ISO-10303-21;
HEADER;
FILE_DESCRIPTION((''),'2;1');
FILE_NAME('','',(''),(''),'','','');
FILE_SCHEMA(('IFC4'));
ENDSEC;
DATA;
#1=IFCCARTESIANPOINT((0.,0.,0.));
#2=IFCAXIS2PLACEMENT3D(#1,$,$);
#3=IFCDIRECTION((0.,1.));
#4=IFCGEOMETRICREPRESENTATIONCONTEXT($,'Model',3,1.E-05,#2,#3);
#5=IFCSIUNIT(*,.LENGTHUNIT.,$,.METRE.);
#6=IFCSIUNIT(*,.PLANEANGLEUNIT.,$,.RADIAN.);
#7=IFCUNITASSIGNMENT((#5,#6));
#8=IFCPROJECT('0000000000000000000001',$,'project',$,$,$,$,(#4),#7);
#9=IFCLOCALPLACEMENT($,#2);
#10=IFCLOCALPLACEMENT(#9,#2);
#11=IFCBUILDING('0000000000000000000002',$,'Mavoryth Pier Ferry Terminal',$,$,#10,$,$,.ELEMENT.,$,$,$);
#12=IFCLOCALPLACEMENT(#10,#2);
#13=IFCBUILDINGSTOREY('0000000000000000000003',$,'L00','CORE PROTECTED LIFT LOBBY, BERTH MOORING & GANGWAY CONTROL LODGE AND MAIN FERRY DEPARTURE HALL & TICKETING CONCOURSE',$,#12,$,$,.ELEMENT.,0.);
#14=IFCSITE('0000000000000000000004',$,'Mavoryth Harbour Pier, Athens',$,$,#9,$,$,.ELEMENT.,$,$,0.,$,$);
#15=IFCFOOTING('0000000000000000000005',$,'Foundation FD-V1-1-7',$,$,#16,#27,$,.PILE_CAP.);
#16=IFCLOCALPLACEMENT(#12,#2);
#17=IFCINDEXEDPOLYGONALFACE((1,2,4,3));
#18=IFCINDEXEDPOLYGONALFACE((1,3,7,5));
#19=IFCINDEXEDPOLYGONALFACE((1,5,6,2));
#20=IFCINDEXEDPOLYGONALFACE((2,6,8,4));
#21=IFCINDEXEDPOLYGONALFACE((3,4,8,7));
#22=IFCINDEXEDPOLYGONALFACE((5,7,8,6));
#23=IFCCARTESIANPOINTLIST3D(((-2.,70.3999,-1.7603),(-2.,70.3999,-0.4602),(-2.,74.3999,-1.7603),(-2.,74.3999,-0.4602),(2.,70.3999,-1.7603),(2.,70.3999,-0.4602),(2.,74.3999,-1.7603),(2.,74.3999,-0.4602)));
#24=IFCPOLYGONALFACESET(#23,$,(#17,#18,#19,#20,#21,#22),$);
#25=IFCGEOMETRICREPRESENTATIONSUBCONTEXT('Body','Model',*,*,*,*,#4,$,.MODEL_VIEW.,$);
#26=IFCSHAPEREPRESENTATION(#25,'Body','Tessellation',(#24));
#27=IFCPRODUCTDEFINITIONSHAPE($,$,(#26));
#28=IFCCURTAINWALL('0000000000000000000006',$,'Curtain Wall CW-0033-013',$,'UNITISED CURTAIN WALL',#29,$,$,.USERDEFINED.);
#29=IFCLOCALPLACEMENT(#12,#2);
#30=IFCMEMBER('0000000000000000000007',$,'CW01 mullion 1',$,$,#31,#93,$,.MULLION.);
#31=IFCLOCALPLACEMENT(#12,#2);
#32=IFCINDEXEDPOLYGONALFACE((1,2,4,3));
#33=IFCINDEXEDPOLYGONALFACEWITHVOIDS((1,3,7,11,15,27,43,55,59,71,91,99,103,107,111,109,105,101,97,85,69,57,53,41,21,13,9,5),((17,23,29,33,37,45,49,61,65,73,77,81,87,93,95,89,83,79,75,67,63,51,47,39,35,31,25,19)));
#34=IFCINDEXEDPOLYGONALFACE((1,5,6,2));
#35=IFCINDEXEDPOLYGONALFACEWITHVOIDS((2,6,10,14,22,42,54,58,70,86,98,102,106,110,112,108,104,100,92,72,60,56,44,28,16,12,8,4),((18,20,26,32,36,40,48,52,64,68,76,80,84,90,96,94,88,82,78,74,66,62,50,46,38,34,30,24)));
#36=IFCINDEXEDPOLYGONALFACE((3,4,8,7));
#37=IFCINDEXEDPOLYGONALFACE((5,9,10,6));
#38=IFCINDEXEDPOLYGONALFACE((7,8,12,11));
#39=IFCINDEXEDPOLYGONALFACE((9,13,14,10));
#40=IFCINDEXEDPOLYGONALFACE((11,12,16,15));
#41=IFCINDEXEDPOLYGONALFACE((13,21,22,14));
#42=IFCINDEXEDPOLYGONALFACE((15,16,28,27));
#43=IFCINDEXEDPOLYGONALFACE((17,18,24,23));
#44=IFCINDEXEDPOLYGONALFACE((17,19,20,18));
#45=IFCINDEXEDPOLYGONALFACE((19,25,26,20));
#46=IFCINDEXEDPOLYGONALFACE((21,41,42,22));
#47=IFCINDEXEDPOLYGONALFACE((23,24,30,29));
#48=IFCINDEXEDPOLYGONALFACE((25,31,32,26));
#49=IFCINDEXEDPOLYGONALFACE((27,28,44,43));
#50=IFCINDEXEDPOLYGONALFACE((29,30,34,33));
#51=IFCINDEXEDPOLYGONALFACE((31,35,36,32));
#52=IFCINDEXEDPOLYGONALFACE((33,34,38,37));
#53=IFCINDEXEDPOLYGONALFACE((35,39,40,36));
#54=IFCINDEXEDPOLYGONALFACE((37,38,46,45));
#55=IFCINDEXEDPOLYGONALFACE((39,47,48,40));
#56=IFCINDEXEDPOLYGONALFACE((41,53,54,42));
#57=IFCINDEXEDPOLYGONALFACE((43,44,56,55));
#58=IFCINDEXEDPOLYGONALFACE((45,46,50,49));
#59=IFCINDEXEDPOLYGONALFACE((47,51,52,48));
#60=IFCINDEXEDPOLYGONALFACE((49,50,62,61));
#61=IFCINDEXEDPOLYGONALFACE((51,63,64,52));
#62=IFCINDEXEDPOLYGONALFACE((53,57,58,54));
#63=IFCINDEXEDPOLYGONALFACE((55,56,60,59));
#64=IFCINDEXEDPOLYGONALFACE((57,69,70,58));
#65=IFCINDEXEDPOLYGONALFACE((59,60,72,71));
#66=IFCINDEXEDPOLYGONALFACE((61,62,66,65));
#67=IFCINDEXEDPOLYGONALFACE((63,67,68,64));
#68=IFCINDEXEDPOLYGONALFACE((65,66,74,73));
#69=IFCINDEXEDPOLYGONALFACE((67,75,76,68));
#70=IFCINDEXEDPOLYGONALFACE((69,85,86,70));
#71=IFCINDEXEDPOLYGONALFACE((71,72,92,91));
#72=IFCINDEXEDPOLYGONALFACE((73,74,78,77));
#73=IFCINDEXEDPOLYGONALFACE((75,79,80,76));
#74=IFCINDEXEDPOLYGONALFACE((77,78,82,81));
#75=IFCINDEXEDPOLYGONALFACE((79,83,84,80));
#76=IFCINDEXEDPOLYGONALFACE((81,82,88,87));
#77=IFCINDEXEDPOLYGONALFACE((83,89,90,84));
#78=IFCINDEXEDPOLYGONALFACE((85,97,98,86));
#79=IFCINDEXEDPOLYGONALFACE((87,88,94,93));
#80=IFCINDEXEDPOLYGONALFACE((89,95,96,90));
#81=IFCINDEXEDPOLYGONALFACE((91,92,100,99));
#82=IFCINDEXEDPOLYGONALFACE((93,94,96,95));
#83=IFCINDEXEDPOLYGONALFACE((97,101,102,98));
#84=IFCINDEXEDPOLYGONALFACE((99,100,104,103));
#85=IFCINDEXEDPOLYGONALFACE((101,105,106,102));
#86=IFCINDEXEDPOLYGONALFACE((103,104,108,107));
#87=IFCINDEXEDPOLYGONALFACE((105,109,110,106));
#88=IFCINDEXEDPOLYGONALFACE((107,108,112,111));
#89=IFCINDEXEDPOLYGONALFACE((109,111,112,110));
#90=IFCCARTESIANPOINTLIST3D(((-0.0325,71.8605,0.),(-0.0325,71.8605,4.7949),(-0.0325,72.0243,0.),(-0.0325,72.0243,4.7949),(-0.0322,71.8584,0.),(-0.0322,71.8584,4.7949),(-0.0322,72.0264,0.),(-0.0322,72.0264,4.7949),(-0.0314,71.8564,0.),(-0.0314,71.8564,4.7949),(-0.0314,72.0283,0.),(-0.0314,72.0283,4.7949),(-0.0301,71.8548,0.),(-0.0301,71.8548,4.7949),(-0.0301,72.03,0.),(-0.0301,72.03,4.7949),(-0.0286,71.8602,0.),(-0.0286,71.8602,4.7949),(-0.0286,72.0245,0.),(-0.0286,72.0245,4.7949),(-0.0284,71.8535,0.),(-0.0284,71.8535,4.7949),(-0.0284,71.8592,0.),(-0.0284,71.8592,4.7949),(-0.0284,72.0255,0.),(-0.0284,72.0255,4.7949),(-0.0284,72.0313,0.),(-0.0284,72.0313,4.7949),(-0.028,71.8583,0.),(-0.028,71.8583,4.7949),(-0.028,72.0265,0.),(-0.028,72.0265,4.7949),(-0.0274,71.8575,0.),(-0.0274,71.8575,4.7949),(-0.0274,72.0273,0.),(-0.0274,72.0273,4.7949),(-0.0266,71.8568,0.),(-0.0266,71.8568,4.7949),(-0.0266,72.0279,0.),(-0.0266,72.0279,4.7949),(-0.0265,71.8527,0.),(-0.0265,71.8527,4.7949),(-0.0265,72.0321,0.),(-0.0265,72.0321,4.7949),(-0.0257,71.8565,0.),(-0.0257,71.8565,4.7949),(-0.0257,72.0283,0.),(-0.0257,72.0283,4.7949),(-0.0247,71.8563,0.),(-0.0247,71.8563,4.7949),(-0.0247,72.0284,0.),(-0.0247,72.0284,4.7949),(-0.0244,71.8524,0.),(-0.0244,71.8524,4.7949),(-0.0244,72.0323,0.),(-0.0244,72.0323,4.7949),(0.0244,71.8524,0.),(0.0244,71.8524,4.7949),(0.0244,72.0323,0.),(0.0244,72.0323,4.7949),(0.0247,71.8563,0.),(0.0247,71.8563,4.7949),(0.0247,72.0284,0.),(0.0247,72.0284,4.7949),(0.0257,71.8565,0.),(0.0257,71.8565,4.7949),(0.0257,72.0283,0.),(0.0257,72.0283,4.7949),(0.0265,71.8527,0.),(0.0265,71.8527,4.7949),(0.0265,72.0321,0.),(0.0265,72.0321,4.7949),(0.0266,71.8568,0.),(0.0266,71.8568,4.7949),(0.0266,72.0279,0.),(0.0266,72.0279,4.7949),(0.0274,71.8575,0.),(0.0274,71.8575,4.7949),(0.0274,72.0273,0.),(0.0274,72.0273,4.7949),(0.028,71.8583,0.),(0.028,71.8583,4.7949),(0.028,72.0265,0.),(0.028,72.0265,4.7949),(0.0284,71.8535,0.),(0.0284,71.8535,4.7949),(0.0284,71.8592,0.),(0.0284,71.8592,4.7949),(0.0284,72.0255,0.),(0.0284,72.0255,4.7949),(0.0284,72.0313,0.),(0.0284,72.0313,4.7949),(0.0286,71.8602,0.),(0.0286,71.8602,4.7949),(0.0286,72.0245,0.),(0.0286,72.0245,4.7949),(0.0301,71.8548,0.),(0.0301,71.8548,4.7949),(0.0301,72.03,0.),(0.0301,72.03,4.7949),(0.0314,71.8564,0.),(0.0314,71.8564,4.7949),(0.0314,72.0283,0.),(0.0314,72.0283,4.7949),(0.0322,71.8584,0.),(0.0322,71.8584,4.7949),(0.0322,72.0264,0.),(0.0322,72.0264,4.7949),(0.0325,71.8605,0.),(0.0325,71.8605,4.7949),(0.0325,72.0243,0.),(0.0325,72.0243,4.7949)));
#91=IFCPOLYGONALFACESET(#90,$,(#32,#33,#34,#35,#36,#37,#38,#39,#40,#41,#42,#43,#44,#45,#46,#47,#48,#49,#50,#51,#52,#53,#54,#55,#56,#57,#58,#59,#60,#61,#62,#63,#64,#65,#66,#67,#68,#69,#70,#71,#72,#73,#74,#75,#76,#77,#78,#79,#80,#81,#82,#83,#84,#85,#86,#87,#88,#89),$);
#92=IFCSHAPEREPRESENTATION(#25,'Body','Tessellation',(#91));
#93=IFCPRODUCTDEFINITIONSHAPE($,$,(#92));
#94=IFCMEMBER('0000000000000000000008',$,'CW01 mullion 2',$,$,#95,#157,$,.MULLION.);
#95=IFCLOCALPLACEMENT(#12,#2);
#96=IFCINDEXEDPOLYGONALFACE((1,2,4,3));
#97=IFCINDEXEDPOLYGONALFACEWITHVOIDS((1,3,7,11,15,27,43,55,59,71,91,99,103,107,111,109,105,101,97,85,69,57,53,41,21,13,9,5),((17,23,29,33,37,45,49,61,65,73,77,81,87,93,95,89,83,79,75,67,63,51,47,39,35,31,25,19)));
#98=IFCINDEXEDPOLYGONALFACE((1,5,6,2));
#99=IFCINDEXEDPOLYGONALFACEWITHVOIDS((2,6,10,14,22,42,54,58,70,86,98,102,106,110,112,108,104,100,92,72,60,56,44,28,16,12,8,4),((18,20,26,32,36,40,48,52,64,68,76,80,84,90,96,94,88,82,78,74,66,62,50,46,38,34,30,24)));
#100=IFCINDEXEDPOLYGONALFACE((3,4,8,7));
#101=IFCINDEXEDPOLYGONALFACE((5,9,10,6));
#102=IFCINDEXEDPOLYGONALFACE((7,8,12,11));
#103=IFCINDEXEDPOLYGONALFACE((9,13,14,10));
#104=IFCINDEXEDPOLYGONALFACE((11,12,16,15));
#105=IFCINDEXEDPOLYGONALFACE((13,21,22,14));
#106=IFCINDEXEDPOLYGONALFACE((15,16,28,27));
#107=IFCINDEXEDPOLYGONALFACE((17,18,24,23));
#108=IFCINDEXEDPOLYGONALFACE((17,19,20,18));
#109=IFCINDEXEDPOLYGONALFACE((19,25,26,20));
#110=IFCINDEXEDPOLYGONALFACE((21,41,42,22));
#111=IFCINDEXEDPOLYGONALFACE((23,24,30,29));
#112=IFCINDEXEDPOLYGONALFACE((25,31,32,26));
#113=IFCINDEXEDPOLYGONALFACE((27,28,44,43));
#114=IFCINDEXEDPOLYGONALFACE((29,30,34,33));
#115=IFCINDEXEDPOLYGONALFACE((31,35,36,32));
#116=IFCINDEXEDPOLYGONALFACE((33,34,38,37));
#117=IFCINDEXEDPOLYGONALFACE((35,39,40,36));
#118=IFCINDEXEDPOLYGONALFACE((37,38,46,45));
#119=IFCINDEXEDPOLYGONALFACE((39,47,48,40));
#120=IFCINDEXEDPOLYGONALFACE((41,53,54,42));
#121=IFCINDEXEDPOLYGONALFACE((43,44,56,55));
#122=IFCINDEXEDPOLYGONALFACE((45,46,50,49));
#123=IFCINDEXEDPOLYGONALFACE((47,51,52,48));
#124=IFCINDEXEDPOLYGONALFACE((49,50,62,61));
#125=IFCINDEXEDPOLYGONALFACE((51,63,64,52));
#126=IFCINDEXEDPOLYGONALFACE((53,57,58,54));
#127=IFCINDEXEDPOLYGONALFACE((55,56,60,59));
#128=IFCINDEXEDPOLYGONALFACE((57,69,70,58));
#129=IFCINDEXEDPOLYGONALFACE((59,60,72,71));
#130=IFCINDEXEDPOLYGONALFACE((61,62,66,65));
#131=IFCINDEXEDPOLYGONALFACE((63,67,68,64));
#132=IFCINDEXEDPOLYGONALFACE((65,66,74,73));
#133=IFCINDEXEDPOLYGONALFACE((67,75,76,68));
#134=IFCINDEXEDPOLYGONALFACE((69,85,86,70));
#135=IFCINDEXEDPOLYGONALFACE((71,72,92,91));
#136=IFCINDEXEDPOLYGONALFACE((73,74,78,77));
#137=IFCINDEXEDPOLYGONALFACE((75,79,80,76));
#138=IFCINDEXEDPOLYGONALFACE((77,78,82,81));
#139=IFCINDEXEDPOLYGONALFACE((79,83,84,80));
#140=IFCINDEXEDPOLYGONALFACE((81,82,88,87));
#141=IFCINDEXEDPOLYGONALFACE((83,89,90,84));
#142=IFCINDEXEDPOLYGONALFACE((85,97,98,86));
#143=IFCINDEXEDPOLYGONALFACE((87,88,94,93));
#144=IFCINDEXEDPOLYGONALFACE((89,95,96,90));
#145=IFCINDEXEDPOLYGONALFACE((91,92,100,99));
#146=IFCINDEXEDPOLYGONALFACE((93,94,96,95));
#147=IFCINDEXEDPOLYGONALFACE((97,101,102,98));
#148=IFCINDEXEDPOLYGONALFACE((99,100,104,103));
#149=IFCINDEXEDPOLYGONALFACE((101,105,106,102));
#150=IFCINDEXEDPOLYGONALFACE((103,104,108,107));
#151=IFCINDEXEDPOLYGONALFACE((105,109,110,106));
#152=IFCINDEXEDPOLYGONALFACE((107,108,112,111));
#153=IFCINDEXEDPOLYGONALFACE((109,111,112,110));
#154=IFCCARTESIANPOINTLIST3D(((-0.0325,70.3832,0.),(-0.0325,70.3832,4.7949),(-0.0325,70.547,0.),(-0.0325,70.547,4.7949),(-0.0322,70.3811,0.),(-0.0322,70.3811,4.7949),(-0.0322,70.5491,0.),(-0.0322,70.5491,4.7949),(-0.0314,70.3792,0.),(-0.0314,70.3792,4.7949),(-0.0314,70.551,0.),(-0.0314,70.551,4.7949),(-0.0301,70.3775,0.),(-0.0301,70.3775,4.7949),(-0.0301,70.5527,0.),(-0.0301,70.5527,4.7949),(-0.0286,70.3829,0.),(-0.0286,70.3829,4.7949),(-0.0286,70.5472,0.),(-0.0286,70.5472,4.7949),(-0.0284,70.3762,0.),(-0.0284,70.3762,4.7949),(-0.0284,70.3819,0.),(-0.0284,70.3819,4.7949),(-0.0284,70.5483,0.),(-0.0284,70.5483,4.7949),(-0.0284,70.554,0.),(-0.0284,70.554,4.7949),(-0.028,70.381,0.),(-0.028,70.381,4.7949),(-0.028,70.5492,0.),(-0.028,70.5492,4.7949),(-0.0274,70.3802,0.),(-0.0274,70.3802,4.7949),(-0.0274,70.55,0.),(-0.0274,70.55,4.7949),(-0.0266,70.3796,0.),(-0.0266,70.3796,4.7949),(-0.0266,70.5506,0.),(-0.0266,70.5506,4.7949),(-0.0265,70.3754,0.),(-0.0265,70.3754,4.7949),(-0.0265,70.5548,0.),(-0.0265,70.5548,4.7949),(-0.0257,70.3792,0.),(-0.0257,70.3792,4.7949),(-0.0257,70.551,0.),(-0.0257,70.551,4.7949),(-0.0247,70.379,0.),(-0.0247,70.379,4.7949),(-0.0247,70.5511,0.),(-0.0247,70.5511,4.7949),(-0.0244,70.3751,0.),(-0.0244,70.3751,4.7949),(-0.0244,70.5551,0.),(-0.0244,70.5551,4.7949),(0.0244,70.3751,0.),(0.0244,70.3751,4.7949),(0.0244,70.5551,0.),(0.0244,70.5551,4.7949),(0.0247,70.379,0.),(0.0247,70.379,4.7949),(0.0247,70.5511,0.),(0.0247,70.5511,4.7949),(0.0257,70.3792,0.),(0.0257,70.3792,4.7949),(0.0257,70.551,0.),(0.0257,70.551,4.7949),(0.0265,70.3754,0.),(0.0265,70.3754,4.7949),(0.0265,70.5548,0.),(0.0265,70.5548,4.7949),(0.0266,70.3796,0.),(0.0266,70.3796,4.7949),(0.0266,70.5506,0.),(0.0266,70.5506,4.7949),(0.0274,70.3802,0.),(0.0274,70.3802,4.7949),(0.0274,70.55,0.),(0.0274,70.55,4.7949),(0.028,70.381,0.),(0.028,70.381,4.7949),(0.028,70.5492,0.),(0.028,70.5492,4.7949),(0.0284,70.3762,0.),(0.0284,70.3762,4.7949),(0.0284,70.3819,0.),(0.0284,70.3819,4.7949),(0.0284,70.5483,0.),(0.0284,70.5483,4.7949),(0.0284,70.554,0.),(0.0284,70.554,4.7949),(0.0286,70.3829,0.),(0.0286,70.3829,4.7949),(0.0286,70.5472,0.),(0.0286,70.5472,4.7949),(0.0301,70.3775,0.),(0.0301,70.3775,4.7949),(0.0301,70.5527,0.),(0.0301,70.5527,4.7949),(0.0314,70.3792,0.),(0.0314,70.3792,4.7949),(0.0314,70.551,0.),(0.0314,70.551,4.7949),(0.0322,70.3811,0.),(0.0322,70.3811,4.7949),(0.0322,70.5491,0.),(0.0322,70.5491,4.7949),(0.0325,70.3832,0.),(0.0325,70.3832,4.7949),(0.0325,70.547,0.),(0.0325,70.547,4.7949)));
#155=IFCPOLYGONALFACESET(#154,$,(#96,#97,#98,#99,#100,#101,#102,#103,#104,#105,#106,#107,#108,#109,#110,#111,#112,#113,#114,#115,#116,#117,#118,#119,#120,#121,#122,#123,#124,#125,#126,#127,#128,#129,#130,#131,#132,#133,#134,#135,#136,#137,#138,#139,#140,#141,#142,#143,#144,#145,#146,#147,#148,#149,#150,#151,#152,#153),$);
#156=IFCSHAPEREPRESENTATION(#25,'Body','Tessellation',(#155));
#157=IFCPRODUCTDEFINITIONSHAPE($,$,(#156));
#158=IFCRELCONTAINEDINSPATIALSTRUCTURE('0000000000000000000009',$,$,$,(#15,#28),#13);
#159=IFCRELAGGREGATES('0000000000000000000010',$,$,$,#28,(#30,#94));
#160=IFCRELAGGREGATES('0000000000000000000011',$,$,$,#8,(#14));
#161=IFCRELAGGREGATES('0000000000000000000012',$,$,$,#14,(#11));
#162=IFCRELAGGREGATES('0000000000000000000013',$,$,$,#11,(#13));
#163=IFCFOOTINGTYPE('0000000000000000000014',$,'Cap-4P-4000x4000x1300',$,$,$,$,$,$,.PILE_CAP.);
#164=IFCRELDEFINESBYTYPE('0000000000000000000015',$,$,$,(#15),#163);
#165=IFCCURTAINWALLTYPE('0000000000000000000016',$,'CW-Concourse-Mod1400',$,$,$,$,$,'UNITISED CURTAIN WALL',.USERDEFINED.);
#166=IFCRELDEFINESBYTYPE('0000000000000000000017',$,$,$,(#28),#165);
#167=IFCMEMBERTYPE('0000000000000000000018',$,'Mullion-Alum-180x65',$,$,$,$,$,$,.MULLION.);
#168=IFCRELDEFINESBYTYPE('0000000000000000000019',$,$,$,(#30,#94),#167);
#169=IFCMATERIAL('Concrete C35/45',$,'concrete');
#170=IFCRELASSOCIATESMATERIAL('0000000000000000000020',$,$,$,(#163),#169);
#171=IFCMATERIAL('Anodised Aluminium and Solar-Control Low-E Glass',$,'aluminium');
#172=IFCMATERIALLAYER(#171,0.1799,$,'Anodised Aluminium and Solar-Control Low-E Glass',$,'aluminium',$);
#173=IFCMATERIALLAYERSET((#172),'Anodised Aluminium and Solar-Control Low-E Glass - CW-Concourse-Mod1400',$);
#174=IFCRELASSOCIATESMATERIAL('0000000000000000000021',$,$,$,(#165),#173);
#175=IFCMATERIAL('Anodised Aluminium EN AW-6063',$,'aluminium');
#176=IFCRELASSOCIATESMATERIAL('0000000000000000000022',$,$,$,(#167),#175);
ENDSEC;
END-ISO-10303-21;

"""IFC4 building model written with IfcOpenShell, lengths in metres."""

from ifc_helpers import new_model, si_unit, direction, frame, origin, origin_2d, place, context, subcontext, project, spatial, rectangle, hollow_rectangle, extrude, material, layer, layer_set, material_profile, profile_set, type_object, element, aggregate, save


model = new_model("IFC4")

# Units and contexts
model_context = context("Model", 3, precision=1e-05, world=origin(), true_north=direction((0.0, 1.0)))
body_context = subcontext(model_context, "Body", "Model", "MODEL_VIEW")
ifc_project = project(units=[si_unit("LENGTHUNIT", "METRE"), si_unit("PLANEANGLEUNIT", "RADIAN")], contexts=[model_context])

# Site, building, storey
site_placement = place(None, origin())
site = spatial("IfcSite", under=ifc_project, at=site_placement, Name="Mavoryth Harbour Pier, Athens", CompositionType="ELEMENT", RefElevation=0.0)
building_placement = place(site_placement, origin())
building = spatial("IfcBuilding", under=site, at=building_placement, Name="Mavoryth Pier Ferry Terminal", CompositionType="ELEMENT")
storey_placement = place(building_placement, origin())
storey = spatial("IfcBuildingStorey", under=building, at=storey_placement, Name="L00", Description="CORE PROTECTED LIFT LOBBY, BERTH MOORING & GANGWAY CONTROL LODGE AND MAIN FERRY DEPARTURE HALL & TICKETING CONCOURSE", CompositionType="ELEMENT", Elevation=0.0)

# Footing
ifc_material_1 = material(Name="Concrete C35/45", Category="concrete")
footing_type = type_object("IfcFootingType", Name="Cap-4P-4000x4000x1300", PredefinedType="PILE_CAP", material=ifc_material_1)
footing_placement = place(storey_placement, frame((0.0, 72.3999, -1.7603), z_axis=(0.0, 0.0, 1.0), x_axis=(1.0, 0.0, 0.0)))
element("IfcFooting", 1, at=footing_placement, inside=storey, type_object=footing_type, Name="Foundation FD-V1-1-7", PredefinedType="PILE_CAP", context=body_context, shape_type="SweptSolid", body=[
    extrude(rectangle(XDim=4.0, YDim=4.0, at=origin_2d()), origin(), (0.0, 0.0, 1.0), 1.3),
])

# Curtain wall, members
ifc_material_2 = material(Name="Anodised Aluminium and Solar-Control Low-E Glass", Category="aluminium")
ifc_layer_1 = layer(ifc_material_2, 0.1799, Name="Anodised Aluminium and Solar-Control Low-E Glass", Category="aluminium")
ifc_layer_set_1 = layer_set([ifc_layer_1], Name="Anodised Aluminium and Solar-Control Low-E Glass - CW-Concourse-Mod1400")
curtain_wall_type = type_object("IfcCurtainWallType", Name="CW-Concourse-Mod1400", ElementType="UNITISED CURTAIN WALL", PredefinedType="USERDEFINED", material=ifc_layer_set_1)
curtain_wall_placement = place(storey_placement, origin())
curtain_wall = element("IfcCurtainWall", 2, at=curtain_wall_placement, inside=storey, type_object=curtain_wall_type, Name="Curtain Wall CW-0033-013", ObjectType="UNITISED CURTAIN WALL", PredefinedType="USERDEFINED")
ifc_material_3 = material(Name="Anodised Aluminium EN AW-6063", Category="aluminium")
ifc_material_profile_1 = material_profile(ifc_material_3, hollow_rectangle(XDim=0.0649, YDim=0.1799, WallThickness=0.0039, InnerFilletRadius=0.0039, OuterFilletRadius=0.0081, at=origin_2d()), Name="AL-MULL 180x65x4", Category="aluminium")
ifc_profile_set_1 = profile_set([ifc_material_profile_1], Name="Anodised Aluminium EN AW-6063 - AL-MULL 180x65x4")
member_type_1 = type_object("IfcMemberType", Name="Mullion-Alum-180x65", PredefinedType="MULLION", material=ifc_profile_set_1)
member_1_placement = place(storey_placement, frame((0.0, 71.9424, 0.0), z_axis=(0.0, 0.0, 1.0), x_axis=(1.0, 0.0, 0.0)))
member_1 = element("IfcMember", 3, at=member_1_placement, type_object=member_type_1, Name="CW01 mullion 1", PredefinedType="MULLION", context=body_context, shape_type="SweptSolid", body=[
    extrude(hollow_rectangle(XDim=0.0649, YDim=0.1799, WallThickness=0.0039, InnerFilletRadius=0.0039, OuterFilletRadius=0.0081, at=origin_2d()), origin(), (0.0, 0.0, 1.0), 4.7949),
])
member_2_placement = place(storey_placement, frame((0.0, 70.4651, 0.0), z_axis=(0.0, 0.0, 1.0), x_axis=(1.0, 0.0, 0.0)))
member_2 = element("IfcMember", 4, at=member_2_placement, type_object=member_type_1, Name="CW01 mullion 2", PredefinedType="MULLION", context=body_context, shape_type="SweptSolid", body=[
    extrude(hollow_rectangle(XDim=0.0649, YDim=0.1799, WallThickness=0.0039, InnerFilletRadius=0.0039, OuterFilletRadius=0.0081, at=origin_2d()), origin(), (0.0, 0.0, 1.0), 4.7949),
])
aggregate(curtain_wall, [member_1, member_2])

save(model, "model.ifc")
